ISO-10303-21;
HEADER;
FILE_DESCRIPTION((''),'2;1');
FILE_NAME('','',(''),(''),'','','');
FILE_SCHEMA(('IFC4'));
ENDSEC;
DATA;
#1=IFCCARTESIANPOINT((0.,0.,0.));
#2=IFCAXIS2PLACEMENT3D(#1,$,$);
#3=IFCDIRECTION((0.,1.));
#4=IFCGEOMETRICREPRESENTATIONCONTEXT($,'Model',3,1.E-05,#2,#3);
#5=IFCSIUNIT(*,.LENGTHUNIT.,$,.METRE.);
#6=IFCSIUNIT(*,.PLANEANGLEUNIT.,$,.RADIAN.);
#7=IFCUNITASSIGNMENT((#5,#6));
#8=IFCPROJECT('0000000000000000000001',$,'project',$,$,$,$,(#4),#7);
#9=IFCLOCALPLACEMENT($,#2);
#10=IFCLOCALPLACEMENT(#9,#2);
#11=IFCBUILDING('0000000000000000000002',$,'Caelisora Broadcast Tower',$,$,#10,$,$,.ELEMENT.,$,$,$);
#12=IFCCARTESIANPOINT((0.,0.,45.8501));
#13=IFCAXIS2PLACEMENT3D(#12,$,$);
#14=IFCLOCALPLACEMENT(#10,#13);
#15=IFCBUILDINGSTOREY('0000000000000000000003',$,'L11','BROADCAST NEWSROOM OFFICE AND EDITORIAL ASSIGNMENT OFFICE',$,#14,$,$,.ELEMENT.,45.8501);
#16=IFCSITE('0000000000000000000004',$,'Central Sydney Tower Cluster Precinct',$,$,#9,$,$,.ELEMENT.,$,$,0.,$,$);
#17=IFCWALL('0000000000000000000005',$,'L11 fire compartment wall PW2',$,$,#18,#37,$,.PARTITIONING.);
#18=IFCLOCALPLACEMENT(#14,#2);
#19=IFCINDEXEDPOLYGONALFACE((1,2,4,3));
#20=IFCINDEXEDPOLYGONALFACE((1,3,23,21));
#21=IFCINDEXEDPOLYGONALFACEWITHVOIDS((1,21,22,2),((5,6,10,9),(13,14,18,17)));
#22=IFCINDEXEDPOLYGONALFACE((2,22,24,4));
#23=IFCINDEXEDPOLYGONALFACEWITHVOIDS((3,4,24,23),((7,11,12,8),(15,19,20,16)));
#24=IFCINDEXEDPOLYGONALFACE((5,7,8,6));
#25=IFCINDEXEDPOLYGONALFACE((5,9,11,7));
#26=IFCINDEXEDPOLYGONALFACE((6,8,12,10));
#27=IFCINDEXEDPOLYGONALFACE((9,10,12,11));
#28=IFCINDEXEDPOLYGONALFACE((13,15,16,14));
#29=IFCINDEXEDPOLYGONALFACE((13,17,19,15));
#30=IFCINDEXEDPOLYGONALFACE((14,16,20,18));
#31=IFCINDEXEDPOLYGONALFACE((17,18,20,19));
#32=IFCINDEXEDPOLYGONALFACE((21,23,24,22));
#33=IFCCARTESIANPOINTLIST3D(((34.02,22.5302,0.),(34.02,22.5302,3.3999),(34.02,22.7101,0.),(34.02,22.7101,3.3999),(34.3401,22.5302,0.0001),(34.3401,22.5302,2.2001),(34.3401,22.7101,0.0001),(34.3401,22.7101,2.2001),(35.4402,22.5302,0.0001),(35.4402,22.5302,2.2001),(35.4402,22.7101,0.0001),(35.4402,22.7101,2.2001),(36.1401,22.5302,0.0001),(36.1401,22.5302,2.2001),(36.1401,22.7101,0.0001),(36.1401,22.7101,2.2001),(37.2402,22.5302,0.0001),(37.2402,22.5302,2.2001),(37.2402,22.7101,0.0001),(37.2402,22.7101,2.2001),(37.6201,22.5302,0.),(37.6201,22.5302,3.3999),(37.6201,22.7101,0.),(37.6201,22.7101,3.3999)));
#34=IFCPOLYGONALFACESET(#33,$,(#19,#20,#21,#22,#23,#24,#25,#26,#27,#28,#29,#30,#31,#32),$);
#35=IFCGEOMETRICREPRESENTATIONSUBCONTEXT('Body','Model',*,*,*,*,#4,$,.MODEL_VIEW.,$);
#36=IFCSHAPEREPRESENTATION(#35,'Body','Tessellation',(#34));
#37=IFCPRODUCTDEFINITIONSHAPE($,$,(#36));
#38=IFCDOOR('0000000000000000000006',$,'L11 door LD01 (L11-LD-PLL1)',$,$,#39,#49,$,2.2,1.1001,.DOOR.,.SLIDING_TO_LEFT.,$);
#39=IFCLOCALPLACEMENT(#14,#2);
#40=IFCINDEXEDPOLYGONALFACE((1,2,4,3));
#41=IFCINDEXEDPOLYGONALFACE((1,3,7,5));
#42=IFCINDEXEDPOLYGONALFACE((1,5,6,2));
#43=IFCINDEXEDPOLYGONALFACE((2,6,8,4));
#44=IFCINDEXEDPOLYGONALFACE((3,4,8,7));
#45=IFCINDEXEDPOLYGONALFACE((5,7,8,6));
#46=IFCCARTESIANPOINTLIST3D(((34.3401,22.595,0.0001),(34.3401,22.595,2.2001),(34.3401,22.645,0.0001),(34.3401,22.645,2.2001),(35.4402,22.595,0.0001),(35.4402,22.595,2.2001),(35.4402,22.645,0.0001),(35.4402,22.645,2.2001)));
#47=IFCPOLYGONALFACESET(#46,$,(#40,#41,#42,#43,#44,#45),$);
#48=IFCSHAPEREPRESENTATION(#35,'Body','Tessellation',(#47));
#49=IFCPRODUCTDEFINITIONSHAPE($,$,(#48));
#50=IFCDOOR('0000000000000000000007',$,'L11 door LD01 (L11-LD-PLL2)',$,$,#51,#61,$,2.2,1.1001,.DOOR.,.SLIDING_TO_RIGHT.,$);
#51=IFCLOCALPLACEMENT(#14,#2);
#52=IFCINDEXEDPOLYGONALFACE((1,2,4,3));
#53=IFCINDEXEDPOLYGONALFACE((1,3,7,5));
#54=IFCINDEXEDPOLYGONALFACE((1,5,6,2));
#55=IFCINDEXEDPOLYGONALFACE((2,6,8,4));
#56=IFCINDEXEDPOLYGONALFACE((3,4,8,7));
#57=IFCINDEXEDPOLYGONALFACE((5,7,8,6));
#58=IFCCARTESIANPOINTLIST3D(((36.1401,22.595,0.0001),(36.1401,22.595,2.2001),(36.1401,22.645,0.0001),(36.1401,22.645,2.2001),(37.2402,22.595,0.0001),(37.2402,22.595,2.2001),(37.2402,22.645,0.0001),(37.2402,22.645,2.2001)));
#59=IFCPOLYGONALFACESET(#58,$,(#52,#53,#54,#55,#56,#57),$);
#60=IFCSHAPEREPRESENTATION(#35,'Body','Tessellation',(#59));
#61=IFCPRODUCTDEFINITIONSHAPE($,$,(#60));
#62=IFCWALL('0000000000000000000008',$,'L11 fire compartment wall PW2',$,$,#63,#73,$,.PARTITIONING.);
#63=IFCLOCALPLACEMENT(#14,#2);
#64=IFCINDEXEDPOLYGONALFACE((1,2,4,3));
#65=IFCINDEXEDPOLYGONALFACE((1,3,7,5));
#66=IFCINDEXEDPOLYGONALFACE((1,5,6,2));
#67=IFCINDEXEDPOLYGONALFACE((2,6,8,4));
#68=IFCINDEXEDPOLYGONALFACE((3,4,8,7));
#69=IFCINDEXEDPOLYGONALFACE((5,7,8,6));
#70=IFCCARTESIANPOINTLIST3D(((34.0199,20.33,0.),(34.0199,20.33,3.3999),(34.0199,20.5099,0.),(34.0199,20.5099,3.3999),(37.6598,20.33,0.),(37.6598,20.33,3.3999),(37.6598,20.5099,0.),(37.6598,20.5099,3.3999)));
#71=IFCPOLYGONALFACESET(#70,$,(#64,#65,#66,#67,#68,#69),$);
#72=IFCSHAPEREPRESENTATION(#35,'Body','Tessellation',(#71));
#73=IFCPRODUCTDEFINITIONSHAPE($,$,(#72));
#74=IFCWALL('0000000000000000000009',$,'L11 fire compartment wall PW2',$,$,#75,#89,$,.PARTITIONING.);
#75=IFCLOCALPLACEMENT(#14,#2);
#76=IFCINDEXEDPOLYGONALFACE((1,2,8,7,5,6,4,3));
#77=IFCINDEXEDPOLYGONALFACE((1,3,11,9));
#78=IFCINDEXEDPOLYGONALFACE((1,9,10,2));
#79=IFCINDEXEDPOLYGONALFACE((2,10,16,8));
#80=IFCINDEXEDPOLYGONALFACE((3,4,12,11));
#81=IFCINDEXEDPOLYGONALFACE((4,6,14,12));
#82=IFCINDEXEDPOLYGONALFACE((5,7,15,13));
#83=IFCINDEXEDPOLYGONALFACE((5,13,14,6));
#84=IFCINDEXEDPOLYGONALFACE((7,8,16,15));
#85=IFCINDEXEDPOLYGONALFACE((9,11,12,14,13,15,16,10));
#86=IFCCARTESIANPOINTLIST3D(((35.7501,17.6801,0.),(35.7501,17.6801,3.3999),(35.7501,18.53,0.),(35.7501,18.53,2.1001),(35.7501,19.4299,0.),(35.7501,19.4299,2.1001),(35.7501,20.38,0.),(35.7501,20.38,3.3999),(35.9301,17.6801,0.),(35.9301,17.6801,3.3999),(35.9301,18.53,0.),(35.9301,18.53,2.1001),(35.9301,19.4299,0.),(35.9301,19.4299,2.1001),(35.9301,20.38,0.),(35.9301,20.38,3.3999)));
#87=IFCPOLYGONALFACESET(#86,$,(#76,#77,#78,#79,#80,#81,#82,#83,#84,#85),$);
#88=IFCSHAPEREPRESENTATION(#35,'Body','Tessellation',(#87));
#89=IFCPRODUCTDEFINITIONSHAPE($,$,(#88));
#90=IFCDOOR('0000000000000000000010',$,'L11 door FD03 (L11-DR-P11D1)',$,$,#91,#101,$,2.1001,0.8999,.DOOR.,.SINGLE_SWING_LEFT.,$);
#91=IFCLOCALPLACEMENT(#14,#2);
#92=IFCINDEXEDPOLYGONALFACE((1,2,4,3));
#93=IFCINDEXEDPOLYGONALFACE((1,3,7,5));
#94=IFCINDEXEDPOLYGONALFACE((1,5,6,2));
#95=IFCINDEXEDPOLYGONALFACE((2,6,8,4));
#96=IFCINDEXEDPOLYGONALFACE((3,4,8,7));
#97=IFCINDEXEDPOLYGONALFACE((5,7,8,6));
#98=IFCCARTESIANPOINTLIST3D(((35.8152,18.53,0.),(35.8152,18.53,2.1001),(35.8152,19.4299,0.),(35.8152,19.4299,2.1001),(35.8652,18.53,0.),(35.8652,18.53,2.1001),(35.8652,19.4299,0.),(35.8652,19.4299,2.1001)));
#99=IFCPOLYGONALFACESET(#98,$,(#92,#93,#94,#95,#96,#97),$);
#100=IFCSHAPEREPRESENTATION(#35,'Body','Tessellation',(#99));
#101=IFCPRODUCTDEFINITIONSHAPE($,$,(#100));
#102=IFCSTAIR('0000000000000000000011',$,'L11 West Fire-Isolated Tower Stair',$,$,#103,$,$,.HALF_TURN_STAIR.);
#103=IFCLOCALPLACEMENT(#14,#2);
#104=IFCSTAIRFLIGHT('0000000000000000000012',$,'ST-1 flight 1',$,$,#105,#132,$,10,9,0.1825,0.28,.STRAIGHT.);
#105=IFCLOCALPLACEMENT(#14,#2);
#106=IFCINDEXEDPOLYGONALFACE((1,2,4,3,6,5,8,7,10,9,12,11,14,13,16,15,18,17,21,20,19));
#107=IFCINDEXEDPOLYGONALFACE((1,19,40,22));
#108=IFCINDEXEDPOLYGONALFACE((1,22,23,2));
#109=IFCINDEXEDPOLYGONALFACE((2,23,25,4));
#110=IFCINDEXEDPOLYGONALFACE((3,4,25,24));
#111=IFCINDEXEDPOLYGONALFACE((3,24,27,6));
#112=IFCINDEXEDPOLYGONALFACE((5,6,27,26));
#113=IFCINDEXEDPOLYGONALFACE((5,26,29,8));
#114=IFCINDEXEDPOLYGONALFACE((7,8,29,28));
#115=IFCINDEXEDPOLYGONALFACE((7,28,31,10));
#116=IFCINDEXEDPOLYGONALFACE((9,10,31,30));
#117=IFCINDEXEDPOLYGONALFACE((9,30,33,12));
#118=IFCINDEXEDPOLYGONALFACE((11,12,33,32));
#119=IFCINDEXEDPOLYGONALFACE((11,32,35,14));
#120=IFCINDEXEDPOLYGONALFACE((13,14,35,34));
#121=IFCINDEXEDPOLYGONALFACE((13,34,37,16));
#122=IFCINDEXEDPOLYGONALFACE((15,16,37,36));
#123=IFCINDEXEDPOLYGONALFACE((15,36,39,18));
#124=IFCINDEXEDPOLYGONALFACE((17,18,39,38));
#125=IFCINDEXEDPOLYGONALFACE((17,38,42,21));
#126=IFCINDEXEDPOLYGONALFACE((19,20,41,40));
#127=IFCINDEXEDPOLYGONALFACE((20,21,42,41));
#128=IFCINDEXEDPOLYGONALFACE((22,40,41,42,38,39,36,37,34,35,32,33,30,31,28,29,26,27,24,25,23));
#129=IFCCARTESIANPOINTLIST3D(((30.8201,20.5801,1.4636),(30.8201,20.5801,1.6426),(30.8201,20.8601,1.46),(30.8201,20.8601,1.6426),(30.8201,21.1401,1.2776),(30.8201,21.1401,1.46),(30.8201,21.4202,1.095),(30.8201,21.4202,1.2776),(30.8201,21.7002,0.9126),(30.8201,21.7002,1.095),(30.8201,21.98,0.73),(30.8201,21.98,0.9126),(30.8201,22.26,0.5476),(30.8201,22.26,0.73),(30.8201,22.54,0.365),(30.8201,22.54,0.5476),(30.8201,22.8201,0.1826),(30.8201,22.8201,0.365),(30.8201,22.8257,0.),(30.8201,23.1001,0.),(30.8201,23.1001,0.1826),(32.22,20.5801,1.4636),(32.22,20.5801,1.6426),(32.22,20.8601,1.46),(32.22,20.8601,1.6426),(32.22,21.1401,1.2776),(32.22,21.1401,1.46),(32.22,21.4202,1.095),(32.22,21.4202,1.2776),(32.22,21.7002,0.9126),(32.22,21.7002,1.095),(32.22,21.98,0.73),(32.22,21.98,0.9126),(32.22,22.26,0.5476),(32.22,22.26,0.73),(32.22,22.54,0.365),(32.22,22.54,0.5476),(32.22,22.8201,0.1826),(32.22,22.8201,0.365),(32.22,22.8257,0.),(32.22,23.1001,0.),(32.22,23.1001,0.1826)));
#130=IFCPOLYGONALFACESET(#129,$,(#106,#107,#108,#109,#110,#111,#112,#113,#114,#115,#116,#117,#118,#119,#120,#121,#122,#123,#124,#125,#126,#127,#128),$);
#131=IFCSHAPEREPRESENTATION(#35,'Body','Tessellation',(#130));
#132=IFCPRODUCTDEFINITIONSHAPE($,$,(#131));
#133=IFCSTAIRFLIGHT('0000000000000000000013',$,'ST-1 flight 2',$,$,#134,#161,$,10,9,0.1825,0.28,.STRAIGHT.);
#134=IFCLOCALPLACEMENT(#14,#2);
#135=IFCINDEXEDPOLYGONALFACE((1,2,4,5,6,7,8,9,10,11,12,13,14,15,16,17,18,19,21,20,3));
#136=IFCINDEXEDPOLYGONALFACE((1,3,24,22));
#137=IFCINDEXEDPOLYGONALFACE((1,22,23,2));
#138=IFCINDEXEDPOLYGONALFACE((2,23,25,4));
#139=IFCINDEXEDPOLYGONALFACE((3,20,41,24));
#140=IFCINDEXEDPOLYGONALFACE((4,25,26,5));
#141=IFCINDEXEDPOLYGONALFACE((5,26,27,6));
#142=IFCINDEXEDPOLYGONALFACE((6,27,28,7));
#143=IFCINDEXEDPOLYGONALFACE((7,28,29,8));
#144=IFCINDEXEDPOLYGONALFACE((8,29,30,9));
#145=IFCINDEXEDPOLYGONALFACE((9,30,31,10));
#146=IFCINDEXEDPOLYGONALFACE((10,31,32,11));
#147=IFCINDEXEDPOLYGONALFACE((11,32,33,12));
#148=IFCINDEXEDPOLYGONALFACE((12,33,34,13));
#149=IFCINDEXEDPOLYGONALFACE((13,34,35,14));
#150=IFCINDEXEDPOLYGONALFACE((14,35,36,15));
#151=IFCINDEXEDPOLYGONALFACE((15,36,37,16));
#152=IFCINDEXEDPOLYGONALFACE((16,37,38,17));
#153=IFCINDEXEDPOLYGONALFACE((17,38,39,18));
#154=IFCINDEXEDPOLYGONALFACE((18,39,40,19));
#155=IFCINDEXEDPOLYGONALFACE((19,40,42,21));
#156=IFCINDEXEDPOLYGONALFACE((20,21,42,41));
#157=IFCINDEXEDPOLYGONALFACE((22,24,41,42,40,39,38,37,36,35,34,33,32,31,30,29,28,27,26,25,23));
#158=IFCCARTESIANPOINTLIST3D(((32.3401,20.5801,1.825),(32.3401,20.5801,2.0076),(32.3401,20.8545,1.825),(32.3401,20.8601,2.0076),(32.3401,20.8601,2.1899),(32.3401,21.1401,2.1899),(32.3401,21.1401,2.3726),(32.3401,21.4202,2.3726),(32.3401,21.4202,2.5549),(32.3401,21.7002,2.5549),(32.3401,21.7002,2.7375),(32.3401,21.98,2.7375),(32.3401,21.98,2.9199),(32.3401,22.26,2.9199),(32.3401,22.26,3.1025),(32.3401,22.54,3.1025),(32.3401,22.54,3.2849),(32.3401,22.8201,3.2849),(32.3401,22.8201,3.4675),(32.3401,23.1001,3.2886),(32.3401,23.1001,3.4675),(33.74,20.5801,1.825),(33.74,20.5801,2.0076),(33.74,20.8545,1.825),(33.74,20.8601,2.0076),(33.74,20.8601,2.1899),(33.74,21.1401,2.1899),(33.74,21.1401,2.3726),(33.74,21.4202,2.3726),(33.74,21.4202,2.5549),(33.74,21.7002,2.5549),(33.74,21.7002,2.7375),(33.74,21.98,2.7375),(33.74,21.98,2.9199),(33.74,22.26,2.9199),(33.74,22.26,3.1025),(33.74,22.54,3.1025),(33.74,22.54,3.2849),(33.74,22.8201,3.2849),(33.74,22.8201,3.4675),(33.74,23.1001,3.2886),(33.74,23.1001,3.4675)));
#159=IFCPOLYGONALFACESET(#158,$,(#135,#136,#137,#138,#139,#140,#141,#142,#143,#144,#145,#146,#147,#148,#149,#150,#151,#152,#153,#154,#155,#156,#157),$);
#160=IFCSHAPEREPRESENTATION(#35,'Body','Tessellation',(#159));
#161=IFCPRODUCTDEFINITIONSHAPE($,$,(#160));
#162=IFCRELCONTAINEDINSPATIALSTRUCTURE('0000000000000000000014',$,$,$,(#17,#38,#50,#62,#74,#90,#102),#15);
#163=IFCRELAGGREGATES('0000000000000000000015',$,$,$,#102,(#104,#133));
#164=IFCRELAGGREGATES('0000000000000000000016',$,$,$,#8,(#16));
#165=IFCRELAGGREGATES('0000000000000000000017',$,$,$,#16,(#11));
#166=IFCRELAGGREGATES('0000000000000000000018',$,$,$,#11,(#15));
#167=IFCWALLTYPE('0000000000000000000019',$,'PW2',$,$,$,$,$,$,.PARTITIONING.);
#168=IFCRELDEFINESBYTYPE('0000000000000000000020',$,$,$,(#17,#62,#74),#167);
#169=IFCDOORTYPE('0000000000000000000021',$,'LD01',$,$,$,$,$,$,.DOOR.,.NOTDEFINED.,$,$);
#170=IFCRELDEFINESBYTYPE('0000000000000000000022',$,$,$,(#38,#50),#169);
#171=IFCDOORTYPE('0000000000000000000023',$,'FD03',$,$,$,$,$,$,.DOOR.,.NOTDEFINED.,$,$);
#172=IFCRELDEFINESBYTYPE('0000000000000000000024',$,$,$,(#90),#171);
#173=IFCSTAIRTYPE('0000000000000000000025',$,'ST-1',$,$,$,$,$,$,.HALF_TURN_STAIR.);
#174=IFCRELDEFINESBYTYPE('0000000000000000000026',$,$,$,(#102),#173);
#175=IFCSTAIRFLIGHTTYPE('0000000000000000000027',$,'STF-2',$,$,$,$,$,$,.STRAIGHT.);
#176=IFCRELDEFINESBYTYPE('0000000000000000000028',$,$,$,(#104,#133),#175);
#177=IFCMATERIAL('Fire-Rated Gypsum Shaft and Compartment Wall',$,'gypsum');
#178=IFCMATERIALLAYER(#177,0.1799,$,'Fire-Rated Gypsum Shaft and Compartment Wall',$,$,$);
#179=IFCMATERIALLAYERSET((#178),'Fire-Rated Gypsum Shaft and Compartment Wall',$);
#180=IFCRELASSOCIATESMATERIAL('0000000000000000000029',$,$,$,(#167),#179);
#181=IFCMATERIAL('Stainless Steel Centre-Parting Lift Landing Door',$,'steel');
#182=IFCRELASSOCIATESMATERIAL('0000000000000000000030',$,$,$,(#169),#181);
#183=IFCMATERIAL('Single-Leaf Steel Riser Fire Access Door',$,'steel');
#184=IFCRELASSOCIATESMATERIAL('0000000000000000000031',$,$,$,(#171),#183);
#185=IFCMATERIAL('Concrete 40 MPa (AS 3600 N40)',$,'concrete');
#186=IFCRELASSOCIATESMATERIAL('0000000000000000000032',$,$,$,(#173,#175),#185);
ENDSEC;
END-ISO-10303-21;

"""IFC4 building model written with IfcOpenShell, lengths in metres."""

from ifc_helpers import new_model, si_unit, direction, frame, frame_2d, origin, place, context, subcontext, project, spatial, polyline, rectangle, outline, extrude, material, layer, layer_set, type_object, element, fill, aggregate, save


model = new_model("IFC4")

# Units and contexts
model_context = context("Model", 3, precision=1e-05, world=origin(), true_north=direction((0.0, 1.0)))
body_context = subcontext(model_context, "Body", "Model", "MODEL_VIEW")
ifc_project = project(units=[si_unit("LENGTHUNIT", "METRE"), si_unit("PLANEANGLEUNIT", "RADIAN")], contexts=[model_context])

# Site, building, storey
site_placement = place(None, origin())
site = spatial("IfcSite", under=ifc_project, at=site_placement, Name="Central Sydney Tower Cluster Precinct", CompositionType="ELEMENT", RefElevation=0.0)
building_placement = place(site_placement, origin())
building = spatial("IfcBuilding", under=site, at=building_placement, Name="Caelisora Broadcast Tower", CompositionType="ELEMENT")
storey_placement = place(building_placement, frame((0.0, 0.0, 45.8501)))
storey = spatial("IfcBuildingStorey", under=building, at=storey_placement, Name="L11", Description="BROADCAST NEWSROOM OFFICE AND EDITORIAL ASSIGNMENT OFFICE", CompositionType="ELEMENT", Elevation=45.8501)

# Wall, openings, doors
ifc_material_1 = material(Name="Fire-Rated Gypsum Shaft and Compartment Wall", Category="gypsum")
ifc_layer_1 = layer(ifc_material_1, 0.1799, Name="Fire-Rated Gypsum Shaft and Compartment Wall")
ifc_layer_set_1 = layer_set([ifc_layer_1], Name="Fire-Rated Gypsum Shaft and Compartment Wall")
wall_type_1 = type_object("IfcWallType", Name="PW2", PredefinedType="PARTITIONING", material=ifc_layer_set_1)
wall_1_placement = place(storey_placement, frame((34.02, 22.6201, 0.0), z_axis=(0.0, 0.0, 1.0), x_axis=(1.0, 0.0, 0.0)))
wall_1 = element("IfcWall", 1, at=wall_1_placement, inside=storey, type_object=wall_type_1, Name="L11 fire compartment wall PW2", PredefinedType="PARTITIONING", context=body_context, shape_type="SweptSolid", body=[
    extrude(rectangle(XDim=3.6001, YDim=0.1799, at=frame_2d((1.8, 0.0))), origin(), (0.0, 0.0, 1.0), 3.3999),
])
opening_1_placement = place(wall_1_placement, frame((0.3201, 0.0, 0.0)))
opening_1 = element("IfcOpeningElement", 2, at=opening_1_placement, cuts=wall_1, PredefinedType="OPENING", context=body_context, shape_type="SweptSolid", body=[
    extrude(rectangle(XDim=1.1001, YDim=2.2, at=frame_2d((0.55, 1.1001))), frame((0.0, 0.1021, 0.0), z_axis=(0.0, -1.0, 0.0), x_axis=(1.0, 0.0, 0.0)), (0.0, 0.0, 1.0), 0.2039),
])
opening_2_placement = place(wall_1_placement, frame((2.1201, 0.0, 0.0)))
opening_2 = element("IfcOpeningElement", 3, at=opening_2_placement, cuts=wall_1, PredefinedType="OPENING", context=body_context, shape_type="SweptSolid", body=[
    extrude(rectangle(XDim=1.1001, YDim=2.2, at=frame_2d((0.55, 1.1001))), frame((0.0, 0.1021, 0.0), z_axis=(0.0, -1.0, 0.0), x_axis=(1.0, 0.0, 0.0)), (0.0, 0.0, 1.0), 0.2039),
])
ifc_material_2 = material(Name="Stainless Steel Centre-Parting Lift Landing Door", Category="steel")
door_type_1 = type_object("IfcDoorType", Name="LD01", OperationType="NOTDEFINED", PredefinedType="DOOR", material=ifc_material_2)
door_1_placement = place(opening_1_placement, origin())
door_1 = element("IfcDoor", 4, at=door_1_placement, inside=storey, type_object=door_type_1, Name="L11 door LD01 (L11-LD-PLL1)", OperationType="SLIDING_TO_LEFT", OverallHeight=2.2, OverallWidth=1.1001, PredefinedType="DOOR", context=body_context, shape_type="SweptSolid", body=[
    extrude(rectangle(XDim=1.1001, YDim=2.2, at=frame_2d((0.55, 1.1001))), frame((0.0, 0.0249, 0.0), z_axis=(0.0, -1.0, 0.0), x_axis=(1.0, 0.0, 0.0)), (0.0, 0.0, 1.0), 0.05),
])
fill(opening_1, door_1)
door_2_placement = place(opening_2_placement, origin())
door_2 = element("IfcDoor", 5, at=door_2_placement, inside=storey, type_object=door_type_1, Name="L11 door LD01 (L11-LD-PLL2)", OperationType="SLIDING_TO_RIGHT", OverallHeight=2.2, OverallWidth=1.1001, PredefinedType="DOOR", context=body_context, shape_type="SweptSolid", body=[
    extrude(rectangle(XDim=1.1001, YDim=2.2, at=frame_2d((0.55, 1.1001))), frame((0.0, 0.0249, 0.0), z_axis=(0.0, -1.0, 0.0), x_axis=(1.0, 0.0, 0.0)), (0.0, 0.0, 1.0), 0.05),
])
fill(opening_2, door_2)

# Wall
wall_2_placement = place(storey_placement, frame((34.02, 20.4199, 0.0), z_axis=(0.0, 0.0, 1.0), x_axis=(1.0, 0.0, 0.0)))
element("IfcWall", 6, at=wall_2_placement, inside=storey, type_object=wall_type_1, Name="L11 fire compartment wall PW2", PredefinedType="PARTITIONING", context=body_context, shape_type="SweptSolid", body=[
    extrude(rectangle(XDim=3.6399, YDim=0.1799, at=frame_2d((1.8198, 0.0))), origin(), (0.0, 0.0, 1.0), 3.3999),
])

# Wall, opening, door
wall_3_placement = place(storey_placement, frame((35.8401, 17.6799, 0.0), z_axis=(0.0, 0.0, 1.0), x_axis=(0.0, 1.0, 0.0)))
wall_3 = element("IfcWall", 7, at=wall_3_placement, inside=storey, type_object=wall_type_1, Name="L11 fire compartment wall PW2", PredefinedType="PARTITIONING", context=body_context, shape_type="SweptSolid", body=[
    extrude(rectangle(XDim=2.7, YDim=0.1799, at=frame_2d((1.3501, 0.0))), origin(), (0.0, 0.0, 1.0), 3.3999),
])
opening_3_placement = place(wall_3_placement, frame((0.8501, 0.0, 0.0)))
opening_3 = element("IfcOpeningElement", 8, at=opening_3_placement, cuts=wall_3, PredefinedType="OPENING", context=body_context, shape_type="SweptSolid", body=[
    extrude(rectangle(XDim=0.8999, YDim=2.1001, at=frame_2d((0.45, 1.05))), frame((0.0, 0.1021, 0.0), z_axis=(0.0, -1.0, 0.0), x_axis=(1.0, 0.0, 0.0)), (0.0, 0.0, 1.0), 0.2039),
])
ifc_material_3 = material(Name="Single-Leaf Steel Riser Fire Access Door", Category="steel")
door_type_2 = type_object("IfcDoorType", Name="FD03", OperationType="NOTDEFINED", PredefinedType="DOOR", material=ifc_material_3)
door_3_placement = place(opening_3_placement, origin())
door_3 = element("IfcDoor", 9, at=door_3_placement, inside=storey, type_object=door_type_2, Name="L11 door FD03 (L11-DR-P11D1)", OperationType="SINGLE_SWING_LEFT", OverallHeight=2.1001, OverallWidth=0.8999, PredefinedType="DOOR", context=body_context, shape_type="SweptSolid", body=[
    extrude(rectangle(XDim=0.8999, YDim=2.1001, at=frame_2d((0.45, 1.05))), frame((0.0, 0.0249, 0.0), z_axis=(0.0, -1.0, 0.0), x_axis=(1.0, 0.0, 0.0)), (0.0, 0.0, 1.0), 0.05),
])
fill(opening_3, door_3)

# Stair, stair flights
ifc_material_4 = material(Name="Concrete 40 MPa (AS 3600 N40)", Category="concrete")
stair_type = type_object("IfcStairType", Name="ST-1", PredefinedType="HALF_TURN_STAIR", material=ifc_material_4)
stair_placement = place(storey_placement, origin())
stair = element("IfcStair", 10, at=stair_placement, inside=storey, type_object=stair_type, Name="L11 West Fire-Isolated Tower Stair", PredefinedType="HALF_TURN_STAIR")
stair_flight_type = type_object("IfcStairFlightType", Name="STF-2", PredefinedType="STRAIGHT", material=ifc_material_4)
stair_flight_1_placement = place(storey_placement, frame((31.52, 23.1001, 0.0), z_axis=(0.0, 0.0, 1.0), x_axis=(0.0, -1.0, 0.0)))
stair_flight_1 = element("IfcStairFlight", 11, at=stair_flight_1_placement, type_object=stair_flight_type, Name="ST-1 flight 1", NumberOfRisers=10, NumberOfTreads=9, PredefinedType="STRAIGHT", RiserHeight=0.1825, TreadLength=0.28, context=body_context, shape_type="SweptSolid", body=[
    extrude(outline(polyline([(0.0, 0.0), (0.0, 0.1826), (0.28, 0.1826), (0.28, 0.365), (0.5601, 0.365), (0.5601, 0.5476), (0.8401, 0.5476), (0.8401, 0.73), (1.1201, 0.73), (1.1201, 0.9126), (1.3999, 0.9126), (1.3999, 1.095), (1.6799, 1.095), (1.6799, 1.2776), (1.96, 1.2776), (1.96, 1.46), (2.24, 1.46), (2.24, 1.6426), (2.52, 1.6426), (2.52, 1.825), (2.52, 1.4636), (0.2744, 0.0), (0.0, 0.0)])), frame((0.0, 0.7, 0.0), z_axis=(0.0, -1.0, 0.0), x_axis=(1.0, 0.0, 0.0)), (0.0, 0.0, 1.0), 1.3999),
])
stair_flight_2_placement = place(storey_placement, frame((33.04, 20.5801, 1.825), z_axis=(0.0, 0.0, 1.0), x_axis=(0.0, 1.0, 0.0)))
stair_flight_2 = element("IfcStairFlight", 12, at=stair_flight_2_placement, type_object=stair_flight_type, Name="ST-1 flight 2", NumberOfRisers=10, NumberOfTreads=9, PredefinedType="STRAIGHT", RiserHeight=0.1825, TreadLength=0.28, context=body_context, shape_type="SweptSolid", body=[
    extrude(outline(polyline([(0.0, 0.0), (0.0, 0.1826), (0.28, 0.1826), (0.28, 0.365), (0.5601, 0.365), (0.5601, 0.5476), (0.8401, 0.5476), (0.8401, 0.73), (1.1201, 0.73), (1.1201, 0.9126), (1.3999, 0.9126), (1.3999, 1.095), (1.6799, 1.095), (1.6799, 1.2776), (1.96, 1.2776), (1.96, 1.46), (2.24, 1.46), (2.24, 1.6426), (2.52, 1.6426), (2.52, 1.825), (2.52, 1.4636), (0.2744, 0.0), (0.0, 0.0)])), frame((0.0, 0.7, 0.0), z_axis=(0.0, -1.0, 0.0), x_axis=(1.0, 0.0, 0.0)), (0.0, 0.0, 1.0), 1.3999),
])
aggregate(stair, [stair_flight_1, stair_flight_2])

save(model, "model.ifc")
